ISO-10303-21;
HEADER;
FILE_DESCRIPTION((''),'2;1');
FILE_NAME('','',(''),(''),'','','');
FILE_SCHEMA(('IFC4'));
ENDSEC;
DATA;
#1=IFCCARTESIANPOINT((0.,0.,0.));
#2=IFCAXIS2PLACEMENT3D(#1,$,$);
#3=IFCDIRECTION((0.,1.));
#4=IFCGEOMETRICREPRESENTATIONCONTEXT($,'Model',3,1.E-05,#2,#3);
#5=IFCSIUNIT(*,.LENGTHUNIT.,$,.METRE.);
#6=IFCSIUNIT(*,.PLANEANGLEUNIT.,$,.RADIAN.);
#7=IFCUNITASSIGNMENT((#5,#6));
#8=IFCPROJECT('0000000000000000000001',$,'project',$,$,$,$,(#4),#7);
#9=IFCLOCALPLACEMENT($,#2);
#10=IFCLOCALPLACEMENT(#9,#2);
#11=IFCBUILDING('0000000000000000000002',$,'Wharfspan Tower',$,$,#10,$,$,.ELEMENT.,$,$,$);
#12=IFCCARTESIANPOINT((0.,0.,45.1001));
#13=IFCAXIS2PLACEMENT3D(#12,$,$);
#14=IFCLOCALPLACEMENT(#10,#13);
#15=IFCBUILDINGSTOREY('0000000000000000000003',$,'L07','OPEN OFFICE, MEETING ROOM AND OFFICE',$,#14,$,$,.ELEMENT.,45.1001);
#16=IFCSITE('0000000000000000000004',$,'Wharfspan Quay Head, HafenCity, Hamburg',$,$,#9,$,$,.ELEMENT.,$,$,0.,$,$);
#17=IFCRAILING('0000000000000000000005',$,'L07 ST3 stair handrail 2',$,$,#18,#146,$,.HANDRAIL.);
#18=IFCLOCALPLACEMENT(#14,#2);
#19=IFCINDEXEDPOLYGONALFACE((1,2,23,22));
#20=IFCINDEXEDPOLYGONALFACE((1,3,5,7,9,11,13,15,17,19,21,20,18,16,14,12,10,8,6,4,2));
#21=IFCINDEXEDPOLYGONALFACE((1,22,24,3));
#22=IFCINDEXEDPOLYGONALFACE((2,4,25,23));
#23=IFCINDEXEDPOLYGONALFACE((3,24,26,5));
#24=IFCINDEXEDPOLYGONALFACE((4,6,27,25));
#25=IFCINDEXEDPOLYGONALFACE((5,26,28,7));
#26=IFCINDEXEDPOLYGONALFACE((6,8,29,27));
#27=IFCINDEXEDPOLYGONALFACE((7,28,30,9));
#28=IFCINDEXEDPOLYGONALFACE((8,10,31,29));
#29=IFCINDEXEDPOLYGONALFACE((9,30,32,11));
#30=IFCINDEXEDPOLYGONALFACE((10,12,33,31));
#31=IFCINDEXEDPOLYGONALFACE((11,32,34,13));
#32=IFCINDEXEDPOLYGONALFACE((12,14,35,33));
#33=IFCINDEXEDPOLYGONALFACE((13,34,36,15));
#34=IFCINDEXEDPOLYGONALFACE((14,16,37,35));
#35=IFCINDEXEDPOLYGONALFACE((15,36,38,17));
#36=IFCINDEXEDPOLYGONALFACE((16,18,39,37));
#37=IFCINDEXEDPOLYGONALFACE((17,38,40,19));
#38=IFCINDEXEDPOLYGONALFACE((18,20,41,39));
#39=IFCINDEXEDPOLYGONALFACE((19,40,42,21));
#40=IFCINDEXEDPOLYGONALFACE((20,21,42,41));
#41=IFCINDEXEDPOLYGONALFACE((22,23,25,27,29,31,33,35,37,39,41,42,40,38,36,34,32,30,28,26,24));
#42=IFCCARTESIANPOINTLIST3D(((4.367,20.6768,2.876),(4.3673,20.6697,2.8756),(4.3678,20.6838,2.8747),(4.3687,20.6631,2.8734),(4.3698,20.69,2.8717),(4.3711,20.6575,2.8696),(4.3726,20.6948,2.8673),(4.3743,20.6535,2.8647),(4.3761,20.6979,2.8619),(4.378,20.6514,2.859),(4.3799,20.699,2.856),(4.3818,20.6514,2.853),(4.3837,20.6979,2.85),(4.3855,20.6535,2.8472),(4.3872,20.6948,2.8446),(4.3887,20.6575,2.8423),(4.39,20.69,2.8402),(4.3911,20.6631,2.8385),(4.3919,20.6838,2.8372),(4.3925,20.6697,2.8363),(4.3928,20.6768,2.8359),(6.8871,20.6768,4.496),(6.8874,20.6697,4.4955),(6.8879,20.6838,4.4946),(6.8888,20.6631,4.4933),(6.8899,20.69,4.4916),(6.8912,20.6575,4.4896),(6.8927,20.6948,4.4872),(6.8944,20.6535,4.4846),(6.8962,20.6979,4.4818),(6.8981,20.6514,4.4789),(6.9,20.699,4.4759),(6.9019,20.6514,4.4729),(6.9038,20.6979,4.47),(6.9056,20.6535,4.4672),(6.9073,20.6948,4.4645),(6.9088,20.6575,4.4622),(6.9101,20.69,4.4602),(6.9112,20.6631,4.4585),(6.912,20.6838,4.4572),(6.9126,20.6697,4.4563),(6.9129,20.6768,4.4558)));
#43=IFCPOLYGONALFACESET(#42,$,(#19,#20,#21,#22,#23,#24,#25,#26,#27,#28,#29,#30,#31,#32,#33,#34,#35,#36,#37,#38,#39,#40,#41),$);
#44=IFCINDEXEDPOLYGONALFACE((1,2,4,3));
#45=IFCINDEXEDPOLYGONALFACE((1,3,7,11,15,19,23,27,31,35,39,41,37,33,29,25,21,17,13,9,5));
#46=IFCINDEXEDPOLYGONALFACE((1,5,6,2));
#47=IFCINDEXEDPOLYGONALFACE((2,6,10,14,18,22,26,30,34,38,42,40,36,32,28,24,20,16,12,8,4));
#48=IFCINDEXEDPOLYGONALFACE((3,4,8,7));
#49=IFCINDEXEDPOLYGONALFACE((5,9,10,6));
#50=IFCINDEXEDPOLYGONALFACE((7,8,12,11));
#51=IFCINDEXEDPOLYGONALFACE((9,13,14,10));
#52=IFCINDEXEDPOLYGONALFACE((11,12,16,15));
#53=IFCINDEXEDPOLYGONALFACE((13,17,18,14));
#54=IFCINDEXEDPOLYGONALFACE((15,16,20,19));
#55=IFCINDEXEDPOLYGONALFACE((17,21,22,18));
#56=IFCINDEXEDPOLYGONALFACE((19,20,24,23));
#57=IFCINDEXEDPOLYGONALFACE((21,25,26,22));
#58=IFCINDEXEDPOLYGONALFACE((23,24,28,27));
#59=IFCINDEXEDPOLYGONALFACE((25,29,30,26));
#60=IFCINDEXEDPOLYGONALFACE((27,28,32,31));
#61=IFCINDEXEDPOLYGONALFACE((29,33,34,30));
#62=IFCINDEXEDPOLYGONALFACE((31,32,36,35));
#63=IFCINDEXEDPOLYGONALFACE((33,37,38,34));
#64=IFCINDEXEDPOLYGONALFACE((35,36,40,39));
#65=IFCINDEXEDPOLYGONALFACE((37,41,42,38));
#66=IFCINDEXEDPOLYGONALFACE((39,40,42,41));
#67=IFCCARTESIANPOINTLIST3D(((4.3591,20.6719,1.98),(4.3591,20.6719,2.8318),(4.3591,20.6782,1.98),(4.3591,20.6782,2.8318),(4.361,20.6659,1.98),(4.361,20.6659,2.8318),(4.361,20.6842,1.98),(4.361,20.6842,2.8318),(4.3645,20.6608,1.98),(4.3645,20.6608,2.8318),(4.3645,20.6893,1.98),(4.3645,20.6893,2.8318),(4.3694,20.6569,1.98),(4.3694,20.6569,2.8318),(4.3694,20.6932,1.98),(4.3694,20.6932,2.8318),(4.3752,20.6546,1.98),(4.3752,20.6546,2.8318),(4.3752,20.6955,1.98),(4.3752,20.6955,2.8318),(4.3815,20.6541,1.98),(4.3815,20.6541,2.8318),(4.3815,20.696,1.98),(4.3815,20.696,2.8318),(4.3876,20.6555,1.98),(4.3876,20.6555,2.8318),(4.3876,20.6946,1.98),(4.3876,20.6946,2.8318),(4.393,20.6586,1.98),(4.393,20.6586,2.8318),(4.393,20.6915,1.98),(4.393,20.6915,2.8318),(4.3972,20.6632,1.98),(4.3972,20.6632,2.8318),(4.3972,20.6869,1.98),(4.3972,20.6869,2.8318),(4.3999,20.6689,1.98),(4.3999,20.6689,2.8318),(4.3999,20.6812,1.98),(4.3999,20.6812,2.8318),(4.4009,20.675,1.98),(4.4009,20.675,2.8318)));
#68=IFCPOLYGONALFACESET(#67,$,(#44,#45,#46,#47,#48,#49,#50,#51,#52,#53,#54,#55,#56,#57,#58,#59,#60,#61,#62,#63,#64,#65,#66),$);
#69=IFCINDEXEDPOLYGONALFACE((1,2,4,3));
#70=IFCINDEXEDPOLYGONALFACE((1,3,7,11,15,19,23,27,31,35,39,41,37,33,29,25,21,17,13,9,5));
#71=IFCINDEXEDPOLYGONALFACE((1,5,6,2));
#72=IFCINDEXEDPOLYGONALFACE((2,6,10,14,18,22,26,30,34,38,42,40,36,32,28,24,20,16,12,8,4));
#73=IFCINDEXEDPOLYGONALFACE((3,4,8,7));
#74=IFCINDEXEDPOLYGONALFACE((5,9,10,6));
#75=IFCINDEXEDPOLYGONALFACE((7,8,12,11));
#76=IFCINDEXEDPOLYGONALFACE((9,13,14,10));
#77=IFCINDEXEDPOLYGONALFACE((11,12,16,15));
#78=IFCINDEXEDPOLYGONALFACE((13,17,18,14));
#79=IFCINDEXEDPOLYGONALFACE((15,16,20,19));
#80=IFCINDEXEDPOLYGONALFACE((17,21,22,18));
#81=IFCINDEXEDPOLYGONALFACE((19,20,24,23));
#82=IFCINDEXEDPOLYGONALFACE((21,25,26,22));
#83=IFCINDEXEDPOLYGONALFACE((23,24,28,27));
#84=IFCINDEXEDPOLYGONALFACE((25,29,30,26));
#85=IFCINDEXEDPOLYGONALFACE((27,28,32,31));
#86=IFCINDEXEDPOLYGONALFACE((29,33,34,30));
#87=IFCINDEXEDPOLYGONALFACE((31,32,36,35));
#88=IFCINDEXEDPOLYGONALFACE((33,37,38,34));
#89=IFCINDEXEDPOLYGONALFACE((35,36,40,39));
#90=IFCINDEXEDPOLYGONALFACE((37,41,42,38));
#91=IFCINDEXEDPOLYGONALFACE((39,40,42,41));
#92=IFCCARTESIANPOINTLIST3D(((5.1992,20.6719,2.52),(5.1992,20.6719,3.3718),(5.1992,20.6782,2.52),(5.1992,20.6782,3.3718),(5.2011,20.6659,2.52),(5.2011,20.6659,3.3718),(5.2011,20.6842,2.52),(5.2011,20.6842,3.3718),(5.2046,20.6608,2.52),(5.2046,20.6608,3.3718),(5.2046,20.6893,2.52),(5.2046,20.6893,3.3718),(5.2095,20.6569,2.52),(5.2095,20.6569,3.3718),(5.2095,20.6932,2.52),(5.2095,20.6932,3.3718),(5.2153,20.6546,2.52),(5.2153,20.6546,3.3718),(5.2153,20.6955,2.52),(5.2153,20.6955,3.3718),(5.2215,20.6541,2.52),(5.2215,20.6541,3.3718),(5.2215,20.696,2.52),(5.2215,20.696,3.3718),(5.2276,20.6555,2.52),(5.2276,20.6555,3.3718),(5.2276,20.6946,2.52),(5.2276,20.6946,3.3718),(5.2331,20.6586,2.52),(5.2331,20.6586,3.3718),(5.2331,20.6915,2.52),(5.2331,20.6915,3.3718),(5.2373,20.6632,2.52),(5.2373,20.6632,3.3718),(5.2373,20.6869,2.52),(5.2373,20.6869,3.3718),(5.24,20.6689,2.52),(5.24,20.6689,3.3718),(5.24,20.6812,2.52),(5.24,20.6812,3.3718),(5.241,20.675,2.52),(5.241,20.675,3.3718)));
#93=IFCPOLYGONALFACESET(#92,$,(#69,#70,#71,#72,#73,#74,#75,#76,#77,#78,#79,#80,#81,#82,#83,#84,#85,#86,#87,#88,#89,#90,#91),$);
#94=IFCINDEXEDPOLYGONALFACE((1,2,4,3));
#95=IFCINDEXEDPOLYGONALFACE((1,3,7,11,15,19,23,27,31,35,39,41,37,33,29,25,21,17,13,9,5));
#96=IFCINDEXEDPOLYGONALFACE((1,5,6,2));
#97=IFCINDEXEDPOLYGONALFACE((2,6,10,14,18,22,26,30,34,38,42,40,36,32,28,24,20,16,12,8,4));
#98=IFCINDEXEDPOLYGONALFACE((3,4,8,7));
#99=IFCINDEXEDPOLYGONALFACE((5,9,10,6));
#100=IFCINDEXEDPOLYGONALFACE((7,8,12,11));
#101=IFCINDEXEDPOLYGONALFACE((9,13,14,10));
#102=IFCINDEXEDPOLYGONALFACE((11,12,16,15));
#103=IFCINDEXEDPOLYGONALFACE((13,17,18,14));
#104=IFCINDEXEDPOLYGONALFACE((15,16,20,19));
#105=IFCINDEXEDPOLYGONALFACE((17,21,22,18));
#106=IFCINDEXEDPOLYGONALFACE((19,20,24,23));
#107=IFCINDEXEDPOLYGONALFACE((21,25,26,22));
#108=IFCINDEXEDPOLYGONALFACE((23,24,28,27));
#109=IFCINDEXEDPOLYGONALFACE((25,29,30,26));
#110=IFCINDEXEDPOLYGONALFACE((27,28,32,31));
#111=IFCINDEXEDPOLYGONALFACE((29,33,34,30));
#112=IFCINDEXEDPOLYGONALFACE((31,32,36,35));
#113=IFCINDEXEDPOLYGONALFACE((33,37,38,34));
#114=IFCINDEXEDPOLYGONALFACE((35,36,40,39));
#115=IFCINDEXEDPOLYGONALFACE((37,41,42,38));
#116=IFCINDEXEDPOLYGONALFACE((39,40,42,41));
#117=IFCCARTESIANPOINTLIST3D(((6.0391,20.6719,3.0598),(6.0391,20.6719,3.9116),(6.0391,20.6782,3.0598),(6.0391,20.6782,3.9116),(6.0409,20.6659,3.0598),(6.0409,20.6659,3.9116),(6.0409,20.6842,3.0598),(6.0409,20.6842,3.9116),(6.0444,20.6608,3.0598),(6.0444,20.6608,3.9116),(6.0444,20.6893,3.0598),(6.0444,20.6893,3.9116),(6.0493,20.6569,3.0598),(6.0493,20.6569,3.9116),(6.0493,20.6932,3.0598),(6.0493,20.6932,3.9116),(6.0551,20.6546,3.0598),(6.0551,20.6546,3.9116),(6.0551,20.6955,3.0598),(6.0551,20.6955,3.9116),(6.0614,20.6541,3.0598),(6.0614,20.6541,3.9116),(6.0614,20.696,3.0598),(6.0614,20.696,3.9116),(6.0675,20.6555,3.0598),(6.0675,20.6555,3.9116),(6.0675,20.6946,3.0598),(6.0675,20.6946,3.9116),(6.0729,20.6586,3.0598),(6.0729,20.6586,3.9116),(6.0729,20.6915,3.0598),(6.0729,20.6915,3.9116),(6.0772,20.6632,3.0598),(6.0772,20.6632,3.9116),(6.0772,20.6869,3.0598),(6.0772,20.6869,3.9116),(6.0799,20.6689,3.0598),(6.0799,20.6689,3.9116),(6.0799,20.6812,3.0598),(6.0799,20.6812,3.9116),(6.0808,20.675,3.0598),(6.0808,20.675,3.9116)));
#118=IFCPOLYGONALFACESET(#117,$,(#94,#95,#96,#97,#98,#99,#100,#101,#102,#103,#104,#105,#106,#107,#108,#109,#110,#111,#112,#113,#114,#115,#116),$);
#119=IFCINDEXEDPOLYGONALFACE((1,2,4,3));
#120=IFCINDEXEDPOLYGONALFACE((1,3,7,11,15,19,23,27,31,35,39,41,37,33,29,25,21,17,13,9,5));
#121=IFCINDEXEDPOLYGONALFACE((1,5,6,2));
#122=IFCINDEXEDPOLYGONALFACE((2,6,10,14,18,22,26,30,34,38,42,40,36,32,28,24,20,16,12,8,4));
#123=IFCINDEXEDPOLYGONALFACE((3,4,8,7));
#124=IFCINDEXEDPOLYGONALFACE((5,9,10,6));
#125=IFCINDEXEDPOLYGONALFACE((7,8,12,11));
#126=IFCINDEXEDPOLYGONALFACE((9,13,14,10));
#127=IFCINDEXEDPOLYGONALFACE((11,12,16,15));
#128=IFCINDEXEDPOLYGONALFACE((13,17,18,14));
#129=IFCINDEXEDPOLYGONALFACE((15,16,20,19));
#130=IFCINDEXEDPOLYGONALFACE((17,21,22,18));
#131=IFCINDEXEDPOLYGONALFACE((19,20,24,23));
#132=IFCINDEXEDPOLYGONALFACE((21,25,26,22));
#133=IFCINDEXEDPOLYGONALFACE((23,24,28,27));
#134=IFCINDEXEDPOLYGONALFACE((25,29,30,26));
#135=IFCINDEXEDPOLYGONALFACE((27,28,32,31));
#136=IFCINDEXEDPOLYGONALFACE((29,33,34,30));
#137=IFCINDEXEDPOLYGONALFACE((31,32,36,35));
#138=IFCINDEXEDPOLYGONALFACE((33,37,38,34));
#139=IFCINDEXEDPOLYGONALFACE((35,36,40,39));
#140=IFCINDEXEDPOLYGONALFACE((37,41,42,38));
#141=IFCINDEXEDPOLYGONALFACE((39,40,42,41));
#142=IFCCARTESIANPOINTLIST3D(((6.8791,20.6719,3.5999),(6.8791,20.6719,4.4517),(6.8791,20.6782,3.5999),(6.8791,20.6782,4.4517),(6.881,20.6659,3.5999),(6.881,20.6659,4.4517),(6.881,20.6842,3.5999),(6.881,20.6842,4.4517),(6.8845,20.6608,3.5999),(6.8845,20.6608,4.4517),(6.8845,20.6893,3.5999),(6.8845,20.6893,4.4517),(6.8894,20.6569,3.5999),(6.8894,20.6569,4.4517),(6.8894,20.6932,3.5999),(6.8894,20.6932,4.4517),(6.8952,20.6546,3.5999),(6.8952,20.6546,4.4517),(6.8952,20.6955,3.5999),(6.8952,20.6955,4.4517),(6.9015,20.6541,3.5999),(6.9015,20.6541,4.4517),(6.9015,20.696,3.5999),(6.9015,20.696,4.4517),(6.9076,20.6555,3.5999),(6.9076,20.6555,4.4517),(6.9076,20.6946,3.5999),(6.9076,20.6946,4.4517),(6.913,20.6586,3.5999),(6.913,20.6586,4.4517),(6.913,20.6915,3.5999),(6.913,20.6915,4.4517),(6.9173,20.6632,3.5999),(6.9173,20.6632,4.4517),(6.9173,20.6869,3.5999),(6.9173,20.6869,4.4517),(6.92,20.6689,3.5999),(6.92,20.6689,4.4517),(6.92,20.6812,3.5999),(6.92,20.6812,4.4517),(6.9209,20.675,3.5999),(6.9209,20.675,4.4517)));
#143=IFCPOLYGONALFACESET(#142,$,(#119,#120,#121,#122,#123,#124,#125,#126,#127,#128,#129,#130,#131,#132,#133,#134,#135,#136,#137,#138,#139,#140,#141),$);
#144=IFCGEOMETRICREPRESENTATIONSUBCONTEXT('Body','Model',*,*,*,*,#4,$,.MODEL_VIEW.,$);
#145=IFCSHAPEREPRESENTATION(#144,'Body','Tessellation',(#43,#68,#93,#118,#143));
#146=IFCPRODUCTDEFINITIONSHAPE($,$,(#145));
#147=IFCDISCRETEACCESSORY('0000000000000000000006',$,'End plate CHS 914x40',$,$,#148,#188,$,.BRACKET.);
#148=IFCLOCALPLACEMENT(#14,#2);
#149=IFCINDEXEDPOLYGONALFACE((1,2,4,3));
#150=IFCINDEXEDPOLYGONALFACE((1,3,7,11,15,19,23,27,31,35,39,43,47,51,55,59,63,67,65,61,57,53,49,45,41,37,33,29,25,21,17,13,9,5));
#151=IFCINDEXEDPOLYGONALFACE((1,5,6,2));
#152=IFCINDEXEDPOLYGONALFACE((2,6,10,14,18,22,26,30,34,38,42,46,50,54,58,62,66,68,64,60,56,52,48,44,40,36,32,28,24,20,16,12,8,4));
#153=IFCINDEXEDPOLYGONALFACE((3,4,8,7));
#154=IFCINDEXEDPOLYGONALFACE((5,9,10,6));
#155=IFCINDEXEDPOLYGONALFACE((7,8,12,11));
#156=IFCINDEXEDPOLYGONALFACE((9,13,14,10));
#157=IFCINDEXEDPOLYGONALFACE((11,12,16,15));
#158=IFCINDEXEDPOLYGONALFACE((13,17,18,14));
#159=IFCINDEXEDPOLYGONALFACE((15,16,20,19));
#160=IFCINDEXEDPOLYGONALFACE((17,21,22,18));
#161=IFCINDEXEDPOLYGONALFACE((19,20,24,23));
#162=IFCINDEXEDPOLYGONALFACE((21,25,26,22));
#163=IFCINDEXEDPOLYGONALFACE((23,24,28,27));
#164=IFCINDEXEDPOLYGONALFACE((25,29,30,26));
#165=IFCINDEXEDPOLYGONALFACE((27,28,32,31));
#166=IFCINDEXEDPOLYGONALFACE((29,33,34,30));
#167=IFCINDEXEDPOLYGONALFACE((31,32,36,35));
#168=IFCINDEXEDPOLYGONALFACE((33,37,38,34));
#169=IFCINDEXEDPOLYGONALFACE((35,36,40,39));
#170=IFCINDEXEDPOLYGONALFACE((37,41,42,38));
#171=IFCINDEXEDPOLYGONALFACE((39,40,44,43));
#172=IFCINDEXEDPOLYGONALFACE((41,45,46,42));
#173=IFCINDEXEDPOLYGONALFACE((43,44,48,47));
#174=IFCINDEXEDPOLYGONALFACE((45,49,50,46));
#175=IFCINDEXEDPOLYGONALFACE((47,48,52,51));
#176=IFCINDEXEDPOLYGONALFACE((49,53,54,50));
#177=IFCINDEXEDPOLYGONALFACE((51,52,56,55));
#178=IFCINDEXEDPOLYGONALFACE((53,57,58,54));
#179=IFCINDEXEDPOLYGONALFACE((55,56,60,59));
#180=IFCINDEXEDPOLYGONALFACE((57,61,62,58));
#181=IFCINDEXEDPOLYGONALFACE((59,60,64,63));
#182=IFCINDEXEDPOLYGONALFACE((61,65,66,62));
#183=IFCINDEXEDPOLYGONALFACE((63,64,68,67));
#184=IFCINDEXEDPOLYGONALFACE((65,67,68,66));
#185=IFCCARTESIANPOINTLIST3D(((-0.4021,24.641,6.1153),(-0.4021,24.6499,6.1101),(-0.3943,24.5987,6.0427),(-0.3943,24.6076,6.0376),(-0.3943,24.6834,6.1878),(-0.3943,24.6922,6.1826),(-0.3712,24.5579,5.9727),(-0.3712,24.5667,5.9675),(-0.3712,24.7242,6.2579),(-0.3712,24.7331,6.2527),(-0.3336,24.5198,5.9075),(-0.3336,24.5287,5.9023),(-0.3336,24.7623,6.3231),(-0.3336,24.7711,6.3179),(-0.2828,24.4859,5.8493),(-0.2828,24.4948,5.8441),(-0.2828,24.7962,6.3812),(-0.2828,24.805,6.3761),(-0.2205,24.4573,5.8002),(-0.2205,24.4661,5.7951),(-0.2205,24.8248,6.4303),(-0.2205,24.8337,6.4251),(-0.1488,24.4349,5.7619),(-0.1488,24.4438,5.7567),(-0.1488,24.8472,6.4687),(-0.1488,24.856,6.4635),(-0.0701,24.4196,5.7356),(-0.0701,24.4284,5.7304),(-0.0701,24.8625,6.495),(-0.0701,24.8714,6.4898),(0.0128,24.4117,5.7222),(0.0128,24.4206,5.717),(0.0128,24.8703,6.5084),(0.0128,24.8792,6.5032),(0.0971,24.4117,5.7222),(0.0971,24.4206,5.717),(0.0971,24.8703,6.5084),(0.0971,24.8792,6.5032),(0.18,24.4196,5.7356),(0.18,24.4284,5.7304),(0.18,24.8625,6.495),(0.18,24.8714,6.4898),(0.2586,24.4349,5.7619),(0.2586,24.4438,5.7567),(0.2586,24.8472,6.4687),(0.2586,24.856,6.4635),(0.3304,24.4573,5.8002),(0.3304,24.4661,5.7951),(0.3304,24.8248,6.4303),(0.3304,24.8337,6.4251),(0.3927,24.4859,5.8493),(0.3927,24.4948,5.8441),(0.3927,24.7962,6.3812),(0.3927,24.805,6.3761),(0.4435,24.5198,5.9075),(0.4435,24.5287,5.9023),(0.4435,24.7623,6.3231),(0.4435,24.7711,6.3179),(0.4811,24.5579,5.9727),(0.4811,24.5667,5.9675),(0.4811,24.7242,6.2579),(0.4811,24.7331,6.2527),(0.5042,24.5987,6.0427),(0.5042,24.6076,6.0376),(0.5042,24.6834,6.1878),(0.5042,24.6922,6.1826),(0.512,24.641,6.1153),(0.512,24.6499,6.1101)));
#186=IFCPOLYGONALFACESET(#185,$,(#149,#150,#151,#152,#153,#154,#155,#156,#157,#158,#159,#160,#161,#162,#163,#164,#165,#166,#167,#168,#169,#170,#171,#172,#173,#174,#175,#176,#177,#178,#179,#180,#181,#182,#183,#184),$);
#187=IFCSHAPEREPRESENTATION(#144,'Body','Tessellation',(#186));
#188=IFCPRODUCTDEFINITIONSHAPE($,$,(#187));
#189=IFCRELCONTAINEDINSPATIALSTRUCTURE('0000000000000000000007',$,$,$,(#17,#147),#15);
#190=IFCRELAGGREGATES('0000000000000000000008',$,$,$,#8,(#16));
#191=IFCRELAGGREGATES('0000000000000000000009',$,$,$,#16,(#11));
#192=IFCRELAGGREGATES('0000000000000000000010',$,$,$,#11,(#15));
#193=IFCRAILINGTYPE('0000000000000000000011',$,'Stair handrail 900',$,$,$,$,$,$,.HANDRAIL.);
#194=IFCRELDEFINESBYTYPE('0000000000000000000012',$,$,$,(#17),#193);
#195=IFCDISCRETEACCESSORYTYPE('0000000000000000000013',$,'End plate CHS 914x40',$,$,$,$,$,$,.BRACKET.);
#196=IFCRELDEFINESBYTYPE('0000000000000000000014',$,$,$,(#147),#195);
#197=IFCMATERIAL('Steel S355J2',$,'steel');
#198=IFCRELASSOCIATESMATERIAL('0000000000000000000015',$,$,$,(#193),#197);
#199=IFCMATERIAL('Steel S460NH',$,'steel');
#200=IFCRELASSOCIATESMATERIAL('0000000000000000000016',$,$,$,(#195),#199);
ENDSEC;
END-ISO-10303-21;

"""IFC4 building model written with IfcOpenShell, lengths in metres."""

from ifc_helpers import new_model, si_unit, direction, frame, origin, origin_2d, place, context, subcontext, project, spatial, circle, extrude, material, material_profile, profile_set, type_object, element, save


model = new_model("IFC4")

# Units and contexts
model_context = context("Model", 3, precision=1e-05, world=origin(), true_north=direction((0.0, 1.0)))
body_context = subcontext(model_context, "Body", "Model", "MODEL_VIEW")
ifc_project = project(units=[si_unit("LENGTHUNIT", "METRE"), si_unit("PLANEANGLEUNIT", "RADIAN")], contexts=[model_context])

# Site, building, storey
site_placement = place(None, origin())
site = spatial("IfcSite", under=ifc_project, at=site_placement, Name="Wharfspan Quay Head, HafenCity, Hamburg", CompositionType="ELEMENT", RefElevation=0.0)
building_placement = place(site_placement, origin())
building = spatial("IfcBuilding", under=site, at=building_placement, Name="Wharfspan Tower", CompositionType="ELEMENT")
storey_placement = place(building_placement, frame((0.0, 0.0, 45.1001)))
storey = spatial("IfcBuildingStorey", under=building, at=storey_placement, Name="L07", Description="OPEN OFFICE, MEETING ROOM AND OFFICE", CompositionType="ELEMENT", Elevation=45.1001)

# Shared definitions
ifc_material_1 = material(Name="Steel S355J2", Category="steel")

# Shared definitions
ifc_material_2 = material(Name="Steel S460NH", Category="steel")

# Railing
railing_type_1 = type_object("IfcRailingType", Name="Stair handrail 900", PredefinedType="HANDRAIL", material=ifc_material_1)
railing_1_placement = place(storey_placement, frame((4.3799, 20.675, 1.98)))
element("IfcRailing", 1, at=railing_1_placement, inside=storey, type_object=railing_type_1, Name="L07 ST3 stair handrail 2", PredefinedType="HANDRAIL", context=body_context, shape_type="SweptSolid", body=[
    extrude(circle(Radius=0.0239, at=origin_2d()), frame((0.0, 0.0, 0.876), z_axis=(0.8412, 0.0, 0.540725), x_axis=(0.0, 1.0, 0.0)), (0.0, 0.0, 1.0), 2.9958),
    extrude(circle(Radius=0.021, at=origin_2d()), origin(), (0.0, 0.0, 1.0), 0.8518),
    extrude(circle(Radius=0.021, at=origin_2d()), frame((0.8401, 0.0, 0.54)), (0.0, 0.0, 1.0), 0.8518),
    extrude(circle(Radius=0.021, at=origin_2d()), frame((1.6799, 0.0, 1.0798)), (0.0, 0.0, 1.0), 0.8518),
    extrude(circle(Radius=0.021, at=origin_2d()), frame((2.52, 0.0, 1.6199)), (0.0, 0.0, 1.0), 0.8518),
])

# Discrete accessory
ifc_material_profile_1 = material_profile(ifc_material_2, circle(Radius=0.457, at=origin_2d()))
ifc_profile_set_1 = profile_set([ifc_material_profile_1], Name="Steel S460NH")
discrete_accessory_type = type_object("IfcDiscreteAccessoryType", Name="End plate CHS 914x40", PredefinedType="BRACKET", material=ifc_profile_set_1)
for number, where, z_axis, x_axis, name in (
    (2, (0.0549, 24.6499, 6.1101), (0.0, -0.863779, 0.503871), (1.0, 0.0, 0.0), "End plate CHS 914x40"),
):
    element("IfcDiscreteAccessory", number, at=place(storey_placement, frame(where, z_axis=z_axis, x_axis=x_axis)), inside=storey, type_object=discrete_accessory_type, Name=name, PredefinedType="BRACKET", context=body_context, shape_type="SweptSolid", body=[
        extrude(circle(Radius=0.457, at=origin_2d()), origin(), (0.0, 0.0, 1.0), 0.0103),
    ])

save(model, "model.ifc")
